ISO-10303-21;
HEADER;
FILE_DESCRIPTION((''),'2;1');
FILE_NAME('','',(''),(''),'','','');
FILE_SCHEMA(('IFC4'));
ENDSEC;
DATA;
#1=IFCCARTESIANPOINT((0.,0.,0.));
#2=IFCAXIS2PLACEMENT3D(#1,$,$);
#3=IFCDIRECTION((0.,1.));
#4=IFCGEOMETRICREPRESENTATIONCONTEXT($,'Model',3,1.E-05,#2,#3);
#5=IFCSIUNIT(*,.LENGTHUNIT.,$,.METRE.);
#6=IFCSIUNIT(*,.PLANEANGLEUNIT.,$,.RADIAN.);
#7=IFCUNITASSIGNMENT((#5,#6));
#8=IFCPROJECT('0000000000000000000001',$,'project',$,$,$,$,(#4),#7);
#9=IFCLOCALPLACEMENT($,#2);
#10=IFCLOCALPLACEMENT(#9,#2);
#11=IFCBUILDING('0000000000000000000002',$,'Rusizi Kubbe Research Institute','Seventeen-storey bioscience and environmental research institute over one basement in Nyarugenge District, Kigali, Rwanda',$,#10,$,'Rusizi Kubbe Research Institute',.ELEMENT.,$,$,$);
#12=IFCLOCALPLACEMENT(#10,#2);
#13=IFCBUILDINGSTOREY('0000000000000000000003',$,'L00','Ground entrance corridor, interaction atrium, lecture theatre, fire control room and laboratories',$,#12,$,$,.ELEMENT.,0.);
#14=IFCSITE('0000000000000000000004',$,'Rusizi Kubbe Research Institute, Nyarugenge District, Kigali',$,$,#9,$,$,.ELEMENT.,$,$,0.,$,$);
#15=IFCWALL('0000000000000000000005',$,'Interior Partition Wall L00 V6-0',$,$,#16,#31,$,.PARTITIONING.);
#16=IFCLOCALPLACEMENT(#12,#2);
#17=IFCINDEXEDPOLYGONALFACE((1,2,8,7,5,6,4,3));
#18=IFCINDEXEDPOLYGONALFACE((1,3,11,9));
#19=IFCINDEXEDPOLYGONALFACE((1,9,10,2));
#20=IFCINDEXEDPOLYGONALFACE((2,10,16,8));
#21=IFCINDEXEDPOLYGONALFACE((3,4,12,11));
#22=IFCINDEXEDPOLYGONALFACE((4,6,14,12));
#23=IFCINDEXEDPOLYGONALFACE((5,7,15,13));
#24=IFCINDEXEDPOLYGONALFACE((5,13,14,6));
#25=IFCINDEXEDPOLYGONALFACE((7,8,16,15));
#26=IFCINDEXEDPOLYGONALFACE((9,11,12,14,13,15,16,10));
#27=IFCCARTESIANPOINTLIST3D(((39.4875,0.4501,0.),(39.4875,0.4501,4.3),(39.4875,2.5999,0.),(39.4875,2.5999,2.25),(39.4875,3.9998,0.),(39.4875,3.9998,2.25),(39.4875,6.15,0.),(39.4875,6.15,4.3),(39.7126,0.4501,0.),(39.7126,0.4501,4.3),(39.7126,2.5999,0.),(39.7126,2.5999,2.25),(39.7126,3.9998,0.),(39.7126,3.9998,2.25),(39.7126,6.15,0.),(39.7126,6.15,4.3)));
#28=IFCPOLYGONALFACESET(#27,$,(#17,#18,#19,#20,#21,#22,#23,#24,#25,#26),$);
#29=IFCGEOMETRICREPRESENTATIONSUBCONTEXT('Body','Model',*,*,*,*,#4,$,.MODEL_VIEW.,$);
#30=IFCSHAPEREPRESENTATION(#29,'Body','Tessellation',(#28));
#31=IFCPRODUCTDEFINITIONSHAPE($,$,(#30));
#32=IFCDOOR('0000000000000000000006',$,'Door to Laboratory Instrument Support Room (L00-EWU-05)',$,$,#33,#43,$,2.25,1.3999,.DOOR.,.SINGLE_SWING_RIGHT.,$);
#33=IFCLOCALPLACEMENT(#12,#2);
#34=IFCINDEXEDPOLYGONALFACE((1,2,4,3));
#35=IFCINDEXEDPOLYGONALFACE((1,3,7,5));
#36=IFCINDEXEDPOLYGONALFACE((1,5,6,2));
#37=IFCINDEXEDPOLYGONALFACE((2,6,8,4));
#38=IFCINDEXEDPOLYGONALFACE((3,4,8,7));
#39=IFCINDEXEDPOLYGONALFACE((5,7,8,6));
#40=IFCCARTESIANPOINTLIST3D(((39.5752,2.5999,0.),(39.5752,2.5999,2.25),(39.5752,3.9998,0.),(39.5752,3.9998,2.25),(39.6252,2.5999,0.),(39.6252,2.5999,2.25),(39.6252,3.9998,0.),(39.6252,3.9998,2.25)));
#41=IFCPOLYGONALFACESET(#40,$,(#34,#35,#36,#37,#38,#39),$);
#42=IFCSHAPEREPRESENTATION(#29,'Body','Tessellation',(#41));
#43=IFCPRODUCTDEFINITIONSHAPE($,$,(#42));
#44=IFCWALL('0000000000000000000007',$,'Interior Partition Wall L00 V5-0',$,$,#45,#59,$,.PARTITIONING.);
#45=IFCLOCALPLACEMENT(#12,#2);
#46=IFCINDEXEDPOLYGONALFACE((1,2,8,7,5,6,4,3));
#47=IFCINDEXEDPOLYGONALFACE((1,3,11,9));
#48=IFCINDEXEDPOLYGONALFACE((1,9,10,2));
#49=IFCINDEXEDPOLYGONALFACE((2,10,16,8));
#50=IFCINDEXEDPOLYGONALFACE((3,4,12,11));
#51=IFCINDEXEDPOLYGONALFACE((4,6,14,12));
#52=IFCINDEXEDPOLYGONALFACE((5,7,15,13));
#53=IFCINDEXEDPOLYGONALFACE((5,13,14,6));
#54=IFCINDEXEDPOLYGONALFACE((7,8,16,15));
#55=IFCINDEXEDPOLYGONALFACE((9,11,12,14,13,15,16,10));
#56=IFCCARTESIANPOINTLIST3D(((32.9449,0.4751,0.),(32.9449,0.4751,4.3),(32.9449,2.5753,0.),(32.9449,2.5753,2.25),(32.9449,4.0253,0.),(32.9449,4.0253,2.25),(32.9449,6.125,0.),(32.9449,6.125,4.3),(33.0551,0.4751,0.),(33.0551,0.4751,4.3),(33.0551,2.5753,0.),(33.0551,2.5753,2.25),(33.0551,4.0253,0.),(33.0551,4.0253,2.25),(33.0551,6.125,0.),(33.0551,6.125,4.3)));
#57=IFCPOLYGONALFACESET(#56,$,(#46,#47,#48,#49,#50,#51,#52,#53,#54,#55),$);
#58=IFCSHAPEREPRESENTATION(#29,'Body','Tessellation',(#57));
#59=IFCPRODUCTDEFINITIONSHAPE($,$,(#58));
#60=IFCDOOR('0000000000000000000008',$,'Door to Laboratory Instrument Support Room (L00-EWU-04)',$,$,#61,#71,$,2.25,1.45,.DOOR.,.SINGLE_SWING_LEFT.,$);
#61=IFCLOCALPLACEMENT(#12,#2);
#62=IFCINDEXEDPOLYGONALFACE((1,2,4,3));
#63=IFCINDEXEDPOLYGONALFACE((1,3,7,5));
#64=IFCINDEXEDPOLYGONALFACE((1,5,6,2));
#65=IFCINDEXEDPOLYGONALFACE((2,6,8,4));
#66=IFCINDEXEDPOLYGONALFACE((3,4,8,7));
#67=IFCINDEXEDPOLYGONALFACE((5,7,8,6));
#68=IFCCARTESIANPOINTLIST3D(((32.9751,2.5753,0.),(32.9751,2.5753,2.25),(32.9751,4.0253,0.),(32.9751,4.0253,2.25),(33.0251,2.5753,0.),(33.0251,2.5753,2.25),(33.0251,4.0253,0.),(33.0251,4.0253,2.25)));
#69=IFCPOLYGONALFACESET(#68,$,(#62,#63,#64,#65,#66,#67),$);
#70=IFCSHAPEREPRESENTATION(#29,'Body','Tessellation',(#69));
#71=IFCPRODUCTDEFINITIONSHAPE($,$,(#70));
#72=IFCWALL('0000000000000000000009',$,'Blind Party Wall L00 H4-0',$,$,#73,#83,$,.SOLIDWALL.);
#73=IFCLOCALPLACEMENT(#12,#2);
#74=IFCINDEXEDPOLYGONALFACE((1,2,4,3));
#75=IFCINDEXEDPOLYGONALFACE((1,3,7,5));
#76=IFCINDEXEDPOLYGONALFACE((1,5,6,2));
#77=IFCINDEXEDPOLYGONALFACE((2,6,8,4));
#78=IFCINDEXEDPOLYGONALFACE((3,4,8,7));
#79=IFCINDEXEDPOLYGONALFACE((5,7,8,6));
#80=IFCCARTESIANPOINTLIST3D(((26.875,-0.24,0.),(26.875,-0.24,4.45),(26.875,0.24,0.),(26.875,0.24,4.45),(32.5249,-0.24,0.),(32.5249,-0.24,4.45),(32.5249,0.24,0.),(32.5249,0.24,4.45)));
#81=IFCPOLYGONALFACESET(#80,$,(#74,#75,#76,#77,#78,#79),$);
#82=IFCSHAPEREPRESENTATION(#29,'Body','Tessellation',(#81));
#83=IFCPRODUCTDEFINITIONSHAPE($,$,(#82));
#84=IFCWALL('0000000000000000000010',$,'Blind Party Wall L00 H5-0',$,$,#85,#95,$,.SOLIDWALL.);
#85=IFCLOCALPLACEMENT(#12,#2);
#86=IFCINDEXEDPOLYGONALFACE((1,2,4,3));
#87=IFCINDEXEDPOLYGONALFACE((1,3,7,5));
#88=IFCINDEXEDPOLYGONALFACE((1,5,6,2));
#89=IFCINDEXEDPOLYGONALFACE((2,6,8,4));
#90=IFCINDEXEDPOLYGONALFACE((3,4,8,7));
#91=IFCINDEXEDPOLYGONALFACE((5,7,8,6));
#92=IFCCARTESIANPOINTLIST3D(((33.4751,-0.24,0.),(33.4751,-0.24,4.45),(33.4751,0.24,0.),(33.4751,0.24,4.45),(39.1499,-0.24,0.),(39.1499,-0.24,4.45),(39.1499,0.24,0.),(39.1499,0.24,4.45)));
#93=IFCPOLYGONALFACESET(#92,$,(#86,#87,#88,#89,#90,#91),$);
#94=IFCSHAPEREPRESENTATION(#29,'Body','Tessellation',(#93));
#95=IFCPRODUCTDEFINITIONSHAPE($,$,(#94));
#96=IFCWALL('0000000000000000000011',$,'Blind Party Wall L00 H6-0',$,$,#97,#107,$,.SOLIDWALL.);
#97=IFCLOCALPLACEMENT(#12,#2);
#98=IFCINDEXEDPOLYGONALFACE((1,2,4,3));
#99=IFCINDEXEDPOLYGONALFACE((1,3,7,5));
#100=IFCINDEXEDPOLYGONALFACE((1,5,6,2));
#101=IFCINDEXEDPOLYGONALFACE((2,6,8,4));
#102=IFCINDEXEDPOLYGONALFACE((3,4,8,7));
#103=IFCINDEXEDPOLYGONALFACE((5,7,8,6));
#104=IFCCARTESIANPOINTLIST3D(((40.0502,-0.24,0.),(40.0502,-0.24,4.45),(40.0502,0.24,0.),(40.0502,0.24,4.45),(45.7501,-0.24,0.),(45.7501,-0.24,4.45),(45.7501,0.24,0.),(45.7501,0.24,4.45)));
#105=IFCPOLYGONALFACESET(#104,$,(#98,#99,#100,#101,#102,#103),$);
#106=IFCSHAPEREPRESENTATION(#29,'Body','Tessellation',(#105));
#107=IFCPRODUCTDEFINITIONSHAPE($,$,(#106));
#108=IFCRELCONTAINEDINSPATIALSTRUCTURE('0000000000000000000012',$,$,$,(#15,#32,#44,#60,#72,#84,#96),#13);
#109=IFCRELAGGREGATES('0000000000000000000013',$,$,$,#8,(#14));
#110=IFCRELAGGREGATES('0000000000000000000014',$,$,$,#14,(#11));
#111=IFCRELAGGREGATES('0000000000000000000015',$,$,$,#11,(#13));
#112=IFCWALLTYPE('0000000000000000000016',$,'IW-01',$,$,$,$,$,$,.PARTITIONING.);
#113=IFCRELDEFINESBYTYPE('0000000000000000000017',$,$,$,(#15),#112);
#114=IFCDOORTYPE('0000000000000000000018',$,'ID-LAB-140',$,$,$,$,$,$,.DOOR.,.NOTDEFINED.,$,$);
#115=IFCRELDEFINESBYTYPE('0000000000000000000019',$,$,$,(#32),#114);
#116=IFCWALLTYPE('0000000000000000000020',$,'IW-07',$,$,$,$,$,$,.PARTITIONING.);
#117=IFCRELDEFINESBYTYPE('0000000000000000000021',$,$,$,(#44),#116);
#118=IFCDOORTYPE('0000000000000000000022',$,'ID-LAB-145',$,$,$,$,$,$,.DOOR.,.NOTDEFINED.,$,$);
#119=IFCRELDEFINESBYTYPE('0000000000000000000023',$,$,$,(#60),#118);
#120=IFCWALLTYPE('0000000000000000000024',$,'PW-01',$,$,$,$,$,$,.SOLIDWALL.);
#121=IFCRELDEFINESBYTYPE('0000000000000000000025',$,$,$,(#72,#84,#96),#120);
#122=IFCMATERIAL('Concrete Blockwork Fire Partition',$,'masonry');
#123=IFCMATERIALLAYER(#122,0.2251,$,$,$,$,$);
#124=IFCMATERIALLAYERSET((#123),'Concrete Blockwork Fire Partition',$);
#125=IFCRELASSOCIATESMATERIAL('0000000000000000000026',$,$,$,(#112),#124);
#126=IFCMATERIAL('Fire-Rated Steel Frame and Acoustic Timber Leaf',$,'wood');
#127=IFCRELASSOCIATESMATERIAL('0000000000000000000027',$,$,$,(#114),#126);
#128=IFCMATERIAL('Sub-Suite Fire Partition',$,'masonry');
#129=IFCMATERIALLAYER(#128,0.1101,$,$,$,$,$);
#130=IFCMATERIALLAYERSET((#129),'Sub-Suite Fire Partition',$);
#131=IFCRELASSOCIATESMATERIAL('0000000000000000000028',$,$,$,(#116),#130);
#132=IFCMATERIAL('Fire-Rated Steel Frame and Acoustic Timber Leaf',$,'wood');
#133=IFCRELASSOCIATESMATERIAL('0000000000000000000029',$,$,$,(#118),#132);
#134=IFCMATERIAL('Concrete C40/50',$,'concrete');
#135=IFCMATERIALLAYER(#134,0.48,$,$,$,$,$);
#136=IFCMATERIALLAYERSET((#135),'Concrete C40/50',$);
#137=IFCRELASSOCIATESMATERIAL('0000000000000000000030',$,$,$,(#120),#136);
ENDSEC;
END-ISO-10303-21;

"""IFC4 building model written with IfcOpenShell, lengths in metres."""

from ifc_helpers import new_model, si_unit, direction, frame, frame_2d, origin, place, context, subcontext, project, spatial, rectangle, extrude, material, layer, layer_set, type_object, element, fill, save


model = new_model("IFC4")

# Units and contexts
model_context = context("Model", 3, precision=1e-05, world=origin(), true_north=direction((0.0, 1.0)))
body_context = subcontext(model_context, "Body", "Model", "MODEL_VIEW")
ifc_project = project(units=[si_unit("LENGTHUNIT", "METRE"), si_unit("PLANEANGLEUNIT", "RADIAN")], contexts=[model_context])

# Site, building, storey
site_placement = place(None, origin())
site = spatial("IfcSite", under=ifc_project, at=site_placement, Name="Rusizi Kubbe Research Institute, Nyarugenge District, Kigali", CompositionType="ELEMENT", RefElevation=0.0)
building_placement = place(site_placement, origin())
building = spatial("IfcBuilding", under=site, at=building_placement, Name="Rusizi Kubbe Research Institute", Description="Seventeen-storey bioscience and environmental research institute over one basement in Nyarugenge District, Kigali, Rwanda", LongName="Rusizi Kubbe Research Institute", CompositionType="ELEMENT")
storey_placement = place(building_placement, origin())
storey = spatial("IfcBuildingStorey", under=building, at=storey_placement, Name="L00", Description="Ground entrance corridor, interaction atrium, lecture theatre, fire control room and laboratories", CompositionType="ELEMENT", Elevation=0.0)

# Shared definitions
ifc_material_1 = material(Name="Concrete Blockwork Fire Partition", Category="masonry")
ifc_layer_1 = layer(ifc_material_1, 0.2251)
ifc_layer_set_1 = layer_set([ifc_layer_1], Name="Concrete Blockwork Fire Partition")
wall_type_1 = type_object("IfcWallType", Name="IW-01", PredefinedType="PARTITIONING", material=ifc_layer_set_1)

# Walls, openings, doors
wall_1_placement = place(storey_placement, frame((39.6001, 0.45, 0.0), z_axis=(0.0, 0.0, 1.0), x_axis=(0.0, 1.0, 0.0)))
wall_1 = element("IfcWall", 1, at=wall_1_placement, inside=storey, type_object=wall_type_1, Name="Interior Partition Wall L00 V6-0", PredefinedType="PARTITIONING", context=body_context, shape_type="SweptSolid", body=[
    extrude(rectangle(XDim=5.7, YDim=0.2251, at=frame_2d((2.8501, 0.0))), origin(), (0.0, 0.0, 1.0), 4.3),
])
opening_1_placement = place(wall_1_placement, frame((2.1499, 0.0, 0.0)))
opening_1 = element("IfcOpeningElement", 2, at=opening_1_placement, cuts=wall_1, PredefinedType="OPENING", context=body_context, shape_type="SweptSolid", body=[
    extrude(rectangle(XDim=1.3999, YDim=2.25, at=frame_2d((0.7, 1.125))), frame((0.0, 0.1226, 0.0), z_axis=(0.0, -1.0, 0.0), x_axis=(1.0, 0.0, 0.0)), (0.0, 0.0, 1.0), 0.2451),
])
ifc_material_2 = material(Name="Fire-Rated Steel Frame and Acoustic Timber Leaf", Category="wood")
door_type_1 = type_object("IfcDoorType", Name="ID-LAB-140", OperationType="NOTDEFINED", PredefinedType="DOOR", material=ifc_material_2)
door_1_placement = place(opening_1_placement, origin())
door_1 = element("IfcDoor", 3, at=door_1_placement, inside=storey, type_object=door_type_1, Name="Door to Laboratory Instrument Support Room (L00-EWU-05)", OperationType="SINGLE_SWING_RIGHT", OverallHeight=2.25, OverallWidth=1.3999, PredefinedType="DOOR", context=body_context, shape_type="SweptSolid", body=[
    extrude(rectangle(XDim=1.3999, YDim=2.25, at=frame_2d((0.7, 1.125))), frame((0.0, 0.0249, 0.0), z_axis=(0.0, -1.0, 0.0), x_axis=(1.0, 0.0, 0.0)), (0.0, 0.0, 1.0), 0.05),
])
fill(opening_1, door_1)
ifc_material_3 = material(Name="Sub-Suite Fire Partition", Category="masonry")
ifc_layer_2 = layer(ifc_material_3, 0.1101)
ifc_layer_set_2 = layer_set([ifc_layer_2], Name="Sub-Suite Fire Partition")
wall_type_2 = type_object("IfcWallType", Name="IW-07", PredefinedType="PARTITIONING", material=ifc_layer_set_2)
wall_2_placement = place(storey_placement, frame((33.0, 0.4751, 0.0), z_axis=(0.0, 0.0, 1.0), x_axis=(0.0, 1.0, 0.0)))
wall_2 = element("IfcWall", 4, at=wall_2_placement, inside=storey, type_object=wall_type_2, Name="Interior Partition Wall L00 V5-0", PredefinedType="PARTITIONING", context=body_context, shape_type="SweptSolid", body=[
    extrude(rectangle(XDim=5.6499, YDim=0.1101, at=frame_2d((2.825, 0.0))), origin(), (0.0, 0.0, 1.0), 4.3),
])
opening_2_placement = place(wall_2_placement, frame((2.1001, 0.0, 0.0)))
opening_2 = element("IfcOpeningElement", 5, at=opening_2_placement, cuts=wall_2, PredefinedType="OPENING", context=body_context, shape_type="SweptSolid", body=[
    extrude(rectangle(XDim=1.45, YDim=2.25, at=frame_2d((0.7251, 1.125))), frame((0.0, 0.0649, 0.0), z_axis=(0.0, -1.0, 0.0), x_axis=(1.0, 0.0, 0.0)), (0.0, 0.0, 1.0), 0.1301),
])
ifc_material_4 = material(Name="Fire-Rated Steel Frame and Acoustic Timber Leaf", Category="wood")
door_type_2 = type_object("IfcDoorType", Name="ID-LAB-145", OperationType="NOTDEFINED", PredefinedType="DOOR", material=ifc_material_4)
door_2_placement = place(opening_2_placement, origin())
door_2 = element("IfcDoor", 6, at=door_2_placement, inside=storey, type_object=door_type_2, Name="Door to Laboratory Instrument Support Room (L00-EWU-04)", OperationType="SINGLE_SWING_LEFT", OverallHeight=2.25, OverallWidth=1.45, PredefinedType="DOOR", context=body_context, shape_type="SweptSolid", body=[
    extrude(rectangle(XDim=1.45, YDim=2.25, at=frame_2d((0.7251, 1.125))), frame((0.0, 0.0249, 0.0), z_axis=(0.0, -1.0, 0.0), x_axis=(1.0, 0.0, 0.0)), (0.0, 0.0, 1.0), 0.05),
])
fill(opening_2, door_2)

# Walls
ifc_material_5 = material(Name="Concrete C40/50", Category="concrete")
ifc_layer_3 = layer(ifc_material_5, 0.48)
ifc_layer_set_3 = layer_set([ifc_layer_3], Name="Concrete C40/50")
wall_type_3 = type_object("IfcWallType", Name="PW-01", PredefinedType="SOLIDWALL", material=ifc_layer_set_3)
wall_3_placement = place(storey_placement, frame((26.875, 0.0, 0.0), z_axis=(0.0, 0.0, 1.0), x_axis=(1.0, 0.0, 0.0)))
element("IfcWall", 7, at=wall_3_placement, inside=storey, type_object=wall_type_3, Name="Blind Party Wall L00 H4-0", PredefinedType="SOLIDWALL", context=body_context, shape_type="SweptSolid", body=[
    extrude(rectangle(XDim=5.6499, YDim=0.48, at=frame_2d((2.825, 0.0))), origin(), (0.0, 0.0, 1.0), 4.45),
])
wall_4_placement = place(storey_placement, frame((33.4751, 0.0, 0.0), z_axis=(0.0, 0.0, 1.0), x_axis=(1.0, 0.0, 0.0)))
element("IfcWall", 8, at=wall_4_placement, inside=storey, type_object=wall_type_3, Name="Blind Party Wall L00 H5-0", PredefinedType="SOLIDWALL", context=body_context, shape_type="SweptSolid", body=[
    extrude(rectangle(XDim=5.6748, YDim=0.48, at=frame_2d((2.8374, 0.0))), origin(), (0.0, 0.0, 1.0), 4.45),
])
wall_5_placement = place(storey_placement, frame((40.05, 0.0, 0.0), z_axis=(0.0, 0.0, 1.0), x_axis=(1.0, 0.0, 0.0)))
element("IfcWall", 9, at=wall_5_placement, inside=storey, type_object=wall_type_3, Name="Blind Party Wall L00 H6-0", PredefinedType="SOLIDWALL", context=body_context, shape_type="SweptSolid", body=[
    extrude(rectangle(XDim=5.7, YDim=0.48, at=frame_2d((2.8501, 0.0))), origin(), (0.0, 0.0, 1.0), 4.45),
])

save(model, "model.ifc")
